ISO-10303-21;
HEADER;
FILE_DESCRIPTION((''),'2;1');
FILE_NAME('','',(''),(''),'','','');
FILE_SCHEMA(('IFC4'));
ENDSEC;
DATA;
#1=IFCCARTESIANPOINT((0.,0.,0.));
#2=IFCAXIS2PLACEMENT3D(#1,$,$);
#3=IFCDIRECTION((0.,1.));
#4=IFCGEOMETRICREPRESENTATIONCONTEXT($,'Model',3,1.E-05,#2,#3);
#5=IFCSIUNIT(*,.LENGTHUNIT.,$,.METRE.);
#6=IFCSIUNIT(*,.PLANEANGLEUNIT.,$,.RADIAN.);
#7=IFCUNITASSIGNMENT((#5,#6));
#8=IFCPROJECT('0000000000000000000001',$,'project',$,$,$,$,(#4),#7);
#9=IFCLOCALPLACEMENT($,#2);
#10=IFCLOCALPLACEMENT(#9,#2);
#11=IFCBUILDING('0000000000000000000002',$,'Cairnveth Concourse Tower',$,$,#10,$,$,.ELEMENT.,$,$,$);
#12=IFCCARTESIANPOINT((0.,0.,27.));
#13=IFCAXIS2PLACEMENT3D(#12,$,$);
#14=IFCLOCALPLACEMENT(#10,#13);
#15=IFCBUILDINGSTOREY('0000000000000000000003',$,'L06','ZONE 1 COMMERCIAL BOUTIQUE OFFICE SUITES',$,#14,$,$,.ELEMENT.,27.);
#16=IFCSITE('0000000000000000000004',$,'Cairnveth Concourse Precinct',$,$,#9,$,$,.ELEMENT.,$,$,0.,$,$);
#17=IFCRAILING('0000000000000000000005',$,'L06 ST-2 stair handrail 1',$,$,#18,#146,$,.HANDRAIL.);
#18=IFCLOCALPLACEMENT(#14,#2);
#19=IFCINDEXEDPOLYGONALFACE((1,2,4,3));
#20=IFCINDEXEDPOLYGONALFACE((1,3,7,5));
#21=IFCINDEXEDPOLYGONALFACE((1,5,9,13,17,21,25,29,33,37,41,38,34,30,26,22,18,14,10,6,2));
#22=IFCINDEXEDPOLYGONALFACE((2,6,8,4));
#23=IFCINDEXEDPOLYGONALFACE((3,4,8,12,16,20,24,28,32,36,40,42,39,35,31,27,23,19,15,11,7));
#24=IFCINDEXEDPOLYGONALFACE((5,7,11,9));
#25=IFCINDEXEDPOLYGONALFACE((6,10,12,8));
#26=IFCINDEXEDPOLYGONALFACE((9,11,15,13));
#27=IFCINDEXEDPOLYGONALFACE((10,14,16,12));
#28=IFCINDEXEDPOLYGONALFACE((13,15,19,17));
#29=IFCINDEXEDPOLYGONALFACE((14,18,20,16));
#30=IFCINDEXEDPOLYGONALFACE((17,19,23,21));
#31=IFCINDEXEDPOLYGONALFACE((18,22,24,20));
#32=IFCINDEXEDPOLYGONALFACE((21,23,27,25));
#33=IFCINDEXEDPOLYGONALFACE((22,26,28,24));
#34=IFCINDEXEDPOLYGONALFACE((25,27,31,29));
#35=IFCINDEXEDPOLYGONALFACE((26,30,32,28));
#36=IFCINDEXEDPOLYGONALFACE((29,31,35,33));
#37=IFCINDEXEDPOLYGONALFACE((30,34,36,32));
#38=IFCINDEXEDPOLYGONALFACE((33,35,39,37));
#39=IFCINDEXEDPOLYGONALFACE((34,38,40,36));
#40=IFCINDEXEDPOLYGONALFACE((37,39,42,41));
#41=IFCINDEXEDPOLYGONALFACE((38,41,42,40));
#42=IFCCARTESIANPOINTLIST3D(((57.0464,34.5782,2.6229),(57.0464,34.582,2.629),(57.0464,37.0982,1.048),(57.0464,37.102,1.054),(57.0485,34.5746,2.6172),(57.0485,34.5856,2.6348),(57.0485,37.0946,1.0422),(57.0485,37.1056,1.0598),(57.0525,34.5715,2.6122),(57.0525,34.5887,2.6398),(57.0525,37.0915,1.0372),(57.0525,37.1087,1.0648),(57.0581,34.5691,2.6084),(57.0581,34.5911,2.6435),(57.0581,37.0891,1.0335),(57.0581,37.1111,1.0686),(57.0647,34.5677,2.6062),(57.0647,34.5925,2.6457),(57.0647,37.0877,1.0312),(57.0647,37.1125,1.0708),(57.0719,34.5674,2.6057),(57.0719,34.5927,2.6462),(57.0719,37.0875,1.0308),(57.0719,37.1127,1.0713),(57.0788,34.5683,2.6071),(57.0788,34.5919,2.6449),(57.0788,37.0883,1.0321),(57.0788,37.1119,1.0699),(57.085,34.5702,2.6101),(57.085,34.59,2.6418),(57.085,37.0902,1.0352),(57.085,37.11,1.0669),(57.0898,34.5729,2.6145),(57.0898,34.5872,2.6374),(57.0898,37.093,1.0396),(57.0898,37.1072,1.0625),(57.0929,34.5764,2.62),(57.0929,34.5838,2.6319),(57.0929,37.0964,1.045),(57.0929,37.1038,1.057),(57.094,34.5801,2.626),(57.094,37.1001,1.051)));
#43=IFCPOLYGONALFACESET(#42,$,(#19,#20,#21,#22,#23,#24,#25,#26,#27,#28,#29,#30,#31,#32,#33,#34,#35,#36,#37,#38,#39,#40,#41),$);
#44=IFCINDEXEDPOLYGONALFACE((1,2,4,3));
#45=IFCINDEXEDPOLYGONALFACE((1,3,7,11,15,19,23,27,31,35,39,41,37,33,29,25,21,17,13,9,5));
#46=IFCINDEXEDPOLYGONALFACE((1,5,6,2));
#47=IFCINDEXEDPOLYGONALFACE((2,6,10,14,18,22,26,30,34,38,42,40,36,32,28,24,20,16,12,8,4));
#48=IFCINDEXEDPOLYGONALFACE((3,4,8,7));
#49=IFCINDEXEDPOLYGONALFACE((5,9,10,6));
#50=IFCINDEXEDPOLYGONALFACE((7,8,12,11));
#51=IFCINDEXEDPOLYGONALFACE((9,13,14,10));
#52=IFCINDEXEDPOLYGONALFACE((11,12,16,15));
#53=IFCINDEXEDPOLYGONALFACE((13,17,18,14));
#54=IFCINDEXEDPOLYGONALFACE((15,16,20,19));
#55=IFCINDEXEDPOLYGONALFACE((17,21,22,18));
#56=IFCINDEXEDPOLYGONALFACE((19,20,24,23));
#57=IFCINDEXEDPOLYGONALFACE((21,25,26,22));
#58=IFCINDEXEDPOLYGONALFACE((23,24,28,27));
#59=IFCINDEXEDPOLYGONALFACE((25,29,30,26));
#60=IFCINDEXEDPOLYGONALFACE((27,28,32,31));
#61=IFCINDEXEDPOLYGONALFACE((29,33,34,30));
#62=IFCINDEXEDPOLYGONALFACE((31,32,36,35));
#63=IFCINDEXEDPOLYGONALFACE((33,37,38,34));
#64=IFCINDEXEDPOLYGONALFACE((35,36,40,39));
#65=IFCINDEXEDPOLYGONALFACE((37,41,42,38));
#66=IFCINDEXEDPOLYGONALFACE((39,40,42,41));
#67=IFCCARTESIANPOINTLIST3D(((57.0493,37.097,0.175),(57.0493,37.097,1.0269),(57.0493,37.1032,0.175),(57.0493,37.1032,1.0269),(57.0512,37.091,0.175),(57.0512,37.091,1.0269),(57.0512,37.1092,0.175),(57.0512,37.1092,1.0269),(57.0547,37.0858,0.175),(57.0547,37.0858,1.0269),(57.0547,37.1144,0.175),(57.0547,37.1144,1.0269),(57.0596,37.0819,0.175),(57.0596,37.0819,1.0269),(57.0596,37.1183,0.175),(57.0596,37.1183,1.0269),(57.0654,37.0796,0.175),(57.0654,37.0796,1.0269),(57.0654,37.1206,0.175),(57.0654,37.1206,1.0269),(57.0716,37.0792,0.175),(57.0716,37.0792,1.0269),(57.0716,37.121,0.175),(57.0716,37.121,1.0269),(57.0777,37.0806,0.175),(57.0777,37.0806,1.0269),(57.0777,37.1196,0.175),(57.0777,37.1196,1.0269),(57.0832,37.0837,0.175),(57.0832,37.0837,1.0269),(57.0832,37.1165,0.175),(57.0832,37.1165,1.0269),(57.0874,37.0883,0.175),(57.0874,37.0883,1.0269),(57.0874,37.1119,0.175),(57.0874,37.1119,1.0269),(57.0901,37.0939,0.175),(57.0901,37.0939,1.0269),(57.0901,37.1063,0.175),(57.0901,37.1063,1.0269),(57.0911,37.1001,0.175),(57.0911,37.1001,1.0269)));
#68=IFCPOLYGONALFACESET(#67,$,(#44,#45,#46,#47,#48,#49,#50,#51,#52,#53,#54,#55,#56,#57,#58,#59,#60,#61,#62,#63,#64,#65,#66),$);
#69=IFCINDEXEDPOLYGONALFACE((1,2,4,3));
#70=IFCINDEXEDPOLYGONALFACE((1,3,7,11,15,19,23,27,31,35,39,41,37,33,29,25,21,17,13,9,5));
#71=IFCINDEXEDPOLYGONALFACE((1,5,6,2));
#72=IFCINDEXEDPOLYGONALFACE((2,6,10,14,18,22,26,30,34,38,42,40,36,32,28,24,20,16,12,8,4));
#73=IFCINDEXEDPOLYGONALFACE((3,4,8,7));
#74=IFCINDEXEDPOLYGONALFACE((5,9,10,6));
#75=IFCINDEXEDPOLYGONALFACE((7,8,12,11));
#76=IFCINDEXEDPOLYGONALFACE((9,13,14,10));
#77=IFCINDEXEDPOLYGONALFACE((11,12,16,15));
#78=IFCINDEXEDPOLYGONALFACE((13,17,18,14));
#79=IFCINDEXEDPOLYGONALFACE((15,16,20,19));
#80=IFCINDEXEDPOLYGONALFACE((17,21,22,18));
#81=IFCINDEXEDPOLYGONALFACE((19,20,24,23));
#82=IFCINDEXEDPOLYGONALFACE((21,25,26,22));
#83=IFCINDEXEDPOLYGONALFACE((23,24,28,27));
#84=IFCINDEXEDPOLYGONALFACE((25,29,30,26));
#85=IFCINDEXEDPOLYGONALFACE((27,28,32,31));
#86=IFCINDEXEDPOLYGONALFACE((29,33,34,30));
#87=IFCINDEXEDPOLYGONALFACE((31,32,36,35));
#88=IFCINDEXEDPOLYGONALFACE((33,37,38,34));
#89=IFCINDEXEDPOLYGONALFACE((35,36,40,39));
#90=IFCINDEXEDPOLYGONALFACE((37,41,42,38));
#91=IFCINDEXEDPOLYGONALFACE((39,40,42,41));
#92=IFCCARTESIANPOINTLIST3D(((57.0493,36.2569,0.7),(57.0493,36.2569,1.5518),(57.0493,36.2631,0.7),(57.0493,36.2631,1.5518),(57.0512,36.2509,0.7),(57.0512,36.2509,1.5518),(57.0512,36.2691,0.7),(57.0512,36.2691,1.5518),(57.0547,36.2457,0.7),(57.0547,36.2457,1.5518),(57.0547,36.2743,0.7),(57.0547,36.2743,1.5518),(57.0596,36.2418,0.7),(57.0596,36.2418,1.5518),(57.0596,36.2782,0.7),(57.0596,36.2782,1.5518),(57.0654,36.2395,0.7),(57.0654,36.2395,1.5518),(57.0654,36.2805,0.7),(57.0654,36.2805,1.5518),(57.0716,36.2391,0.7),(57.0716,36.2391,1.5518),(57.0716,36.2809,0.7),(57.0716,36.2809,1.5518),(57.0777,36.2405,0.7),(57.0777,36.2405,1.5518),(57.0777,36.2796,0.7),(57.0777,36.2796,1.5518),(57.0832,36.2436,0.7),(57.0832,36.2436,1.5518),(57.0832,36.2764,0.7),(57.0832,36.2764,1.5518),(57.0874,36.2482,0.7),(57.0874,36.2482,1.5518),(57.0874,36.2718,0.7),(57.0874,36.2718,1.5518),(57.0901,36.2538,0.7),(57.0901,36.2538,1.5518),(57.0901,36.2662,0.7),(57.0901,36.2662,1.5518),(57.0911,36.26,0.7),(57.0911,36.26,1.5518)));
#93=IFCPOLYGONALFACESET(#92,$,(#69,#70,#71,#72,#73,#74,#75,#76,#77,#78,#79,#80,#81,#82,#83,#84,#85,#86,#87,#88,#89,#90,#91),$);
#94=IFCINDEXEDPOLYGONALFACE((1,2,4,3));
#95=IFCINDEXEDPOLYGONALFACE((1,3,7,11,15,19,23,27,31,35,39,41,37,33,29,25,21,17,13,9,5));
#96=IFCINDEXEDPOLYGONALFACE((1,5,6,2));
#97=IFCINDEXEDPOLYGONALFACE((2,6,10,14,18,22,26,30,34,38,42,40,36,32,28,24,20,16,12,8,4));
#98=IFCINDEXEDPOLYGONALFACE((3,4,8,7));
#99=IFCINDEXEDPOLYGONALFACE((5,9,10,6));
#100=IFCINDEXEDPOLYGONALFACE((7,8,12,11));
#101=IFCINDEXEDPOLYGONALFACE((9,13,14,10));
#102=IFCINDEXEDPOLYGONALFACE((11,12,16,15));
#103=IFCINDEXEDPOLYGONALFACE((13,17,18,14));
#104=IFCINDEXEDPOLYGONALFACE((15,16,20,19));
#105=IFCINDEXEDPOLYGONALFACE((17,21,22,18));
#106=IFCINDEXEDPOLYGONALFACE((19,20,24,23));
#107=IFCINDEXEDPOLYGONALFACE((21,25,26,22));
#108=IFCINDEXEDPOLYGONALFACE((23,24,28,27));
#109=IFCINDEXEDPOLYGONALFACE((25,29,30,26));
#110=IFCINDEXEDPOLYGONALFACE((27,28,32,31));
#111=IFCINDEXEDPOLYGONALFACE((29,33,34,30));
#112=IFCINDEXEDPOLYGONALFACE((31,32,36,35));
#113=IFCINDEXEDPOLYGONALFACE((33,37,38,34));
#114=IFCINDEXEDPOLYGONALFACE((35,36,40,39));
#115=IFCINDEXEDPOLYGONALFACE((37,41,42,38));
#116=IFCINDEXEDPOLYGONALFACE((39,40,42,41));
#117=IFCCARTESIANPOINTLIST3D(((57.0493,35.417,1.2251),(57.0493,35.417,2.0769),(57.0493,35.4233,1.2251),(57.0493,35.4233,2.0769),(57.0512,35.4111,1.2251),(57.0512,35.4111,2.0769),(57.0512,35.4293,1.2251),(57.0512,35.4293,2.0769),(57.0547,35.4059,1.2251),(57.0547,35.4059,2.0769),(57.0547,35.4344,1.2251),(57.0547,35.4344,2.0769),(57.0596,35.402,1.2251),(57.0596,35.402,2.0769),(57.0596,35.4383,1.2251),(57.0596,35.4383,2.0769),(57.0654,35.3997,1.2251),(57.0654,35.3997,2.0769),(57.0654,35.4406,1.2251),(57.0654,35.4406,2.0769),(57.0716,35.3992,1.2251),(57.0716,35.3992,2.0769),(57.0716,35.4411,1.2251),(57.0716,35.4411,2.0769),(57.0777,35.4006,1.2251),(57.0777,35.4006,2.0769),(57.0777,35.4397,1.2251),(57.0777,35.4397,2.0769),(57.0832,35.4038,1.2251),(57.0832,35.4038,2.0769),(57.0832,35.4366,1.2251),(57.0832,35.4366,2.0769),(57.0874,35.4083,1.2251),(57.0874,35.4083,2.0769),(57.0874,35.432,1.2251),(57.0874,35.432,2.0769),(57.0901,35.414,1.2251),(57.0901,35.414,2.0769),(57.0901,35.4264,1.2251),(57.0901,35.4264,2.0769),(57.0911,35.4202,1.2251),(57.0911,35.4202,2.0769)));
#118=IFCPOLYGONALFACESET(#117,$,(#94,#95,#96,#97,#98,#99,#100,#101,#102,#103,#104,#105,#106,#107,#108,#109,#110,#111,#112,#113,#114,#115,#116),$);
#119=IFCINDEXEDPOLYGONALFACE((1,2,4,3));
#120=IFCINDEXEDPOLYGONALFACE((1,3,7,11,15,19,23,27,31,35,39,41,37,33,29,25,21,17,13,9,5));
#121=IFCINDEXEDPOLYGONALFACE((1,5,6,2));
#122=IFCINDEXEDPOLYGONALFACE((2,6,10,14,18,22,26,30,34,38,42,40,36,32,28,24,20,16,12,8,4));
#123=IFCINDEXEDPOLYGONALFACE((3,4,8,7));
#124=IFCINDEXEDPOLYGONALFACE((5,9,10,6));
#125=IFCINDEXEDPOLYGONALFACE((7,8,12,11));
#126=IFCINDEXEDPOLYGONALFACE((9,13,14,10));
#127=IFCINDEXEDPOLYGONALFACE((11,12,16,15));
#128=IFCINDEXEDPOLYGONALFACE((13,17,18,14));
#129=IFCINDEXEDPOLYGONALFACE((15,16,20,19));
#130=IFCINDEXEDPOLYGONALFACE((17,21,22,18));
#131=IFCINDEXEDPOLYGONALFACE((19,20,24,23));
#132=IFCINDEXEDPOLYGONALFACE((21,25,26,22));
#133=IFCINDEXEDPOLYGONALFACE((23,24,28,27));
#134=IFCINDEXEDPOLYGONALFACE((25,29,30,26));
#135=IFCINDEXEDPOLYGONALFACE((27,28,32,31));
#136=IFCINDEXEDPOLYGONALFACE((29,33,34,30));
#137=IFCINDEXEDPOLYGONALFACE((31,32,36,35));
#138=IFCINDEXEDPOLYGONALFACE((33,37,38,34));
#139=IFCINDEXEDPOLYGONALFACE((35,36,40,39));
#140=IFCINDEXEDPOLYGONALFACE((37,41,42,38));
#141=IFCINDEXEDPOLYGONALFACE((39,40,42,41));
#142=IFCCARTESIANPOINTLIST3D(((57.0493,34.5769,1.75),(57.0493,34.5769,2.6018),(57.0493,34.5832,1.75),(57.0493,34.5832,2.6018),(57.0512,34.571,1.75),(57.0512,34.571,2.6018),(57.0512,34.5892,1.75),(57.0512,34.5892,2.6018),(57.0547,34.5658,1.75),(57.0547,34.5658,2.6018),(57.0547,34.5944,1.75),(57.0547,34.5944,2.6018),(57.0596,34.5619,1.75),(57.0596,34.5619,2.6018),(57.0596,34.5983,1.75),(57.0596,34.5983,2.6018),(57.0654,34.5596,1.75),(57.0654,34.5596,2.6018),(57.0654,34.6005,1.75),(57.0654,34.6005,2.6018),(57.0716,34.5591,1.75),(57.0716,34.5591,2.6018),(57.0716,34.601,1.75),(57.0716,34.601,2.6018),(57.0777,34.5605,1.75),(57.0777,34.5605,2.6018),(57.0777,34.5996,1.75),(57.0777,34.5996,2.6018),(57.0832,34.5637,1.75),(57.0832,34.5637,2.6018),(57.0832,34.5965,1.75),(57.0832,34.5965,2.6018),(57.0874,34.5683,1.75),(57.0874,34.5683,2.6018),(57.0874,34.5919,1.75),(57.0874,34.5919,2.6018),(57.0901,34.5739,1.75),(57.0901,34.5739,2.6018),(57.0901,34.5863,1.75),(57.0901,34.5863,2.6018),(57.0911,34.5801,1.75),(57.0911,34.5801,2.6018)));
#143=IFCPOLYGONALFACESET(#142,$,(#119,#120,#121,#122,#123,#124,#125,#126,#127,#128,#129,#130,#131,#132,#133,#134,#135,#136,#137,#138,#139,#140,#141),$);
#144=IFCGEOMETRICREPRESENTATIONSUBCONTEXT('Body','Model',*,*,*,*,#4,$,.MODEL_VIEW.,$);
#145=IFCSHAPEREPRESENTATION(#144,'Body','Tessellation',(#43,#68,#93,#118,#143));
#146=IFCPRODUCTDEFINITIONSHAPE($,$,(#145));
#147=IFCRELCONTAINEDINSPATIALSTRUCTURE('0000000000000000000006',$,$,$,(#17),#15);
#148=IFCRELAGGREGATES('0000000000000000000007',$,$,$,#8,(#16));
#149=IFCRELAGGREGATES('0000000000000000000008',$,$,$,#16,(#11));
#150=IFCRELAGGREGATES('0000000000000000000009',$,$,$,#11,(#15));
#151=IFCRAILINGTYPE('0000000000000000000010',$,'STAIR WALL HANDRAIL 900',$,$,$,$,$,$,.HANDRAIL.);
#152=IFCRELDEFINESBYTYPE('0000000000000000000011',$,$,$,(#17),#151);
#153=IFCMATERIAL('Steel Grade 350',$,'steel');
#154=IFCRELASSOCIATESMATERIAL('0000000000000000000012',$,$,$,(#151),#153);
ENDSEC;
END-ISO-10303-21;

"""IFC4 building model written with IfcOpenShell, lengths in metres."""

from ifc_helpers import new_model, si_unit, direction, frame, origin, origin_2d, place, context, subcontext, project, spatial, circle, extrude, material, type_object, element, save


model = new_model("IFC4")

# Units and contexts
model_context = context("Model", 3, precision=1e-05, world=origin(), true_north=direction((0.0, 1.0)))
body_context = subcontext(model_context, "Body", "Model", "MODEL_VIEW")
ifc_project = project(units=[si_unit("LENGTHUNIT", "METRE"), si_unit("PLANEANGLEUNIT", "RADIAN")], contexts=[model_context])

# Site, building, storey
site_placement = place(None, origin())
site = spatial("IfcSite", under=ifc_project, at=site_placement, Name="Cairnveth Concourse Precinct", CompositionType="ELEMENT", RefElevation=0.0)
building_placement = place(site_placement, origin())
building = spatial("IfcBuilding", under=site, at=building_placement, Name="Cairnveth Concourse Tower", CompositionType="ELEMENT")
storey_placement = place(building_placement, frame((0.0, 0.0, 27.0)))
storey = spatial("IfcBuildingStorey", under=building, at=storey_placement, Name="L06", Description="ZONE 1 COMMERCIAL BOUTIQUE OFFICE SUITES", CompositionType="ELEMENT", Elevation=27.0)

# Shared definitions
ifc_material_1 = material(Name="Steel Grade 350", Category="steel")

# Railing
railing_type_1 = type_object("IfcRailingType", Name="STAIR WALL HANDRAIL 900", PredefinedType="HANDRAIL", material=ifc_material_1)
railing_1_placement = place(storey_placement, frame((57.0701, 37.1001, 0.175)))
element("IfcRailing", 1, at=railing_1_placement, inside=storey, type_object=railing_type_1, Name="L06 ST-2 stair handrail 1", PredefinedType="HANDRAIL", context=body_context, shape_type="SweptSolid", body=[
    extrude(circle(Radius=0.0239, at=origin_2d()), frame((0.0, 0.0, 0.876), z_axis=(0.0, -0.848008, 0.529984), x_axis=(1.0, 0.0, 0.0)), (0.0, 0.0, 1.0), 2.9717),
    extrude(circle(Radius=0.021, at=origin_2d()), origin(), (0.0, 0.0, 1.0), 0.8518),
    extrude(circle(Radius=0.021, at=origin_2d()), frame((0.0, -0.8401, 0.5249)), (0.0, 0.0, 1.0), 0.8518),
    extrude(circle(Radius=0.021, at=origin_2d()), frame((0.0, -1.6799, 1.05)), (0.0, 0.0, 1.0), 0.8518),
    extrude(circle(Radius=0.021, at=origin_2d()), frame((0.0, -2.52, 1.575)), (0.0, 0.0, 1.0), 0.8518),
])

save(model, "model.ifc")
